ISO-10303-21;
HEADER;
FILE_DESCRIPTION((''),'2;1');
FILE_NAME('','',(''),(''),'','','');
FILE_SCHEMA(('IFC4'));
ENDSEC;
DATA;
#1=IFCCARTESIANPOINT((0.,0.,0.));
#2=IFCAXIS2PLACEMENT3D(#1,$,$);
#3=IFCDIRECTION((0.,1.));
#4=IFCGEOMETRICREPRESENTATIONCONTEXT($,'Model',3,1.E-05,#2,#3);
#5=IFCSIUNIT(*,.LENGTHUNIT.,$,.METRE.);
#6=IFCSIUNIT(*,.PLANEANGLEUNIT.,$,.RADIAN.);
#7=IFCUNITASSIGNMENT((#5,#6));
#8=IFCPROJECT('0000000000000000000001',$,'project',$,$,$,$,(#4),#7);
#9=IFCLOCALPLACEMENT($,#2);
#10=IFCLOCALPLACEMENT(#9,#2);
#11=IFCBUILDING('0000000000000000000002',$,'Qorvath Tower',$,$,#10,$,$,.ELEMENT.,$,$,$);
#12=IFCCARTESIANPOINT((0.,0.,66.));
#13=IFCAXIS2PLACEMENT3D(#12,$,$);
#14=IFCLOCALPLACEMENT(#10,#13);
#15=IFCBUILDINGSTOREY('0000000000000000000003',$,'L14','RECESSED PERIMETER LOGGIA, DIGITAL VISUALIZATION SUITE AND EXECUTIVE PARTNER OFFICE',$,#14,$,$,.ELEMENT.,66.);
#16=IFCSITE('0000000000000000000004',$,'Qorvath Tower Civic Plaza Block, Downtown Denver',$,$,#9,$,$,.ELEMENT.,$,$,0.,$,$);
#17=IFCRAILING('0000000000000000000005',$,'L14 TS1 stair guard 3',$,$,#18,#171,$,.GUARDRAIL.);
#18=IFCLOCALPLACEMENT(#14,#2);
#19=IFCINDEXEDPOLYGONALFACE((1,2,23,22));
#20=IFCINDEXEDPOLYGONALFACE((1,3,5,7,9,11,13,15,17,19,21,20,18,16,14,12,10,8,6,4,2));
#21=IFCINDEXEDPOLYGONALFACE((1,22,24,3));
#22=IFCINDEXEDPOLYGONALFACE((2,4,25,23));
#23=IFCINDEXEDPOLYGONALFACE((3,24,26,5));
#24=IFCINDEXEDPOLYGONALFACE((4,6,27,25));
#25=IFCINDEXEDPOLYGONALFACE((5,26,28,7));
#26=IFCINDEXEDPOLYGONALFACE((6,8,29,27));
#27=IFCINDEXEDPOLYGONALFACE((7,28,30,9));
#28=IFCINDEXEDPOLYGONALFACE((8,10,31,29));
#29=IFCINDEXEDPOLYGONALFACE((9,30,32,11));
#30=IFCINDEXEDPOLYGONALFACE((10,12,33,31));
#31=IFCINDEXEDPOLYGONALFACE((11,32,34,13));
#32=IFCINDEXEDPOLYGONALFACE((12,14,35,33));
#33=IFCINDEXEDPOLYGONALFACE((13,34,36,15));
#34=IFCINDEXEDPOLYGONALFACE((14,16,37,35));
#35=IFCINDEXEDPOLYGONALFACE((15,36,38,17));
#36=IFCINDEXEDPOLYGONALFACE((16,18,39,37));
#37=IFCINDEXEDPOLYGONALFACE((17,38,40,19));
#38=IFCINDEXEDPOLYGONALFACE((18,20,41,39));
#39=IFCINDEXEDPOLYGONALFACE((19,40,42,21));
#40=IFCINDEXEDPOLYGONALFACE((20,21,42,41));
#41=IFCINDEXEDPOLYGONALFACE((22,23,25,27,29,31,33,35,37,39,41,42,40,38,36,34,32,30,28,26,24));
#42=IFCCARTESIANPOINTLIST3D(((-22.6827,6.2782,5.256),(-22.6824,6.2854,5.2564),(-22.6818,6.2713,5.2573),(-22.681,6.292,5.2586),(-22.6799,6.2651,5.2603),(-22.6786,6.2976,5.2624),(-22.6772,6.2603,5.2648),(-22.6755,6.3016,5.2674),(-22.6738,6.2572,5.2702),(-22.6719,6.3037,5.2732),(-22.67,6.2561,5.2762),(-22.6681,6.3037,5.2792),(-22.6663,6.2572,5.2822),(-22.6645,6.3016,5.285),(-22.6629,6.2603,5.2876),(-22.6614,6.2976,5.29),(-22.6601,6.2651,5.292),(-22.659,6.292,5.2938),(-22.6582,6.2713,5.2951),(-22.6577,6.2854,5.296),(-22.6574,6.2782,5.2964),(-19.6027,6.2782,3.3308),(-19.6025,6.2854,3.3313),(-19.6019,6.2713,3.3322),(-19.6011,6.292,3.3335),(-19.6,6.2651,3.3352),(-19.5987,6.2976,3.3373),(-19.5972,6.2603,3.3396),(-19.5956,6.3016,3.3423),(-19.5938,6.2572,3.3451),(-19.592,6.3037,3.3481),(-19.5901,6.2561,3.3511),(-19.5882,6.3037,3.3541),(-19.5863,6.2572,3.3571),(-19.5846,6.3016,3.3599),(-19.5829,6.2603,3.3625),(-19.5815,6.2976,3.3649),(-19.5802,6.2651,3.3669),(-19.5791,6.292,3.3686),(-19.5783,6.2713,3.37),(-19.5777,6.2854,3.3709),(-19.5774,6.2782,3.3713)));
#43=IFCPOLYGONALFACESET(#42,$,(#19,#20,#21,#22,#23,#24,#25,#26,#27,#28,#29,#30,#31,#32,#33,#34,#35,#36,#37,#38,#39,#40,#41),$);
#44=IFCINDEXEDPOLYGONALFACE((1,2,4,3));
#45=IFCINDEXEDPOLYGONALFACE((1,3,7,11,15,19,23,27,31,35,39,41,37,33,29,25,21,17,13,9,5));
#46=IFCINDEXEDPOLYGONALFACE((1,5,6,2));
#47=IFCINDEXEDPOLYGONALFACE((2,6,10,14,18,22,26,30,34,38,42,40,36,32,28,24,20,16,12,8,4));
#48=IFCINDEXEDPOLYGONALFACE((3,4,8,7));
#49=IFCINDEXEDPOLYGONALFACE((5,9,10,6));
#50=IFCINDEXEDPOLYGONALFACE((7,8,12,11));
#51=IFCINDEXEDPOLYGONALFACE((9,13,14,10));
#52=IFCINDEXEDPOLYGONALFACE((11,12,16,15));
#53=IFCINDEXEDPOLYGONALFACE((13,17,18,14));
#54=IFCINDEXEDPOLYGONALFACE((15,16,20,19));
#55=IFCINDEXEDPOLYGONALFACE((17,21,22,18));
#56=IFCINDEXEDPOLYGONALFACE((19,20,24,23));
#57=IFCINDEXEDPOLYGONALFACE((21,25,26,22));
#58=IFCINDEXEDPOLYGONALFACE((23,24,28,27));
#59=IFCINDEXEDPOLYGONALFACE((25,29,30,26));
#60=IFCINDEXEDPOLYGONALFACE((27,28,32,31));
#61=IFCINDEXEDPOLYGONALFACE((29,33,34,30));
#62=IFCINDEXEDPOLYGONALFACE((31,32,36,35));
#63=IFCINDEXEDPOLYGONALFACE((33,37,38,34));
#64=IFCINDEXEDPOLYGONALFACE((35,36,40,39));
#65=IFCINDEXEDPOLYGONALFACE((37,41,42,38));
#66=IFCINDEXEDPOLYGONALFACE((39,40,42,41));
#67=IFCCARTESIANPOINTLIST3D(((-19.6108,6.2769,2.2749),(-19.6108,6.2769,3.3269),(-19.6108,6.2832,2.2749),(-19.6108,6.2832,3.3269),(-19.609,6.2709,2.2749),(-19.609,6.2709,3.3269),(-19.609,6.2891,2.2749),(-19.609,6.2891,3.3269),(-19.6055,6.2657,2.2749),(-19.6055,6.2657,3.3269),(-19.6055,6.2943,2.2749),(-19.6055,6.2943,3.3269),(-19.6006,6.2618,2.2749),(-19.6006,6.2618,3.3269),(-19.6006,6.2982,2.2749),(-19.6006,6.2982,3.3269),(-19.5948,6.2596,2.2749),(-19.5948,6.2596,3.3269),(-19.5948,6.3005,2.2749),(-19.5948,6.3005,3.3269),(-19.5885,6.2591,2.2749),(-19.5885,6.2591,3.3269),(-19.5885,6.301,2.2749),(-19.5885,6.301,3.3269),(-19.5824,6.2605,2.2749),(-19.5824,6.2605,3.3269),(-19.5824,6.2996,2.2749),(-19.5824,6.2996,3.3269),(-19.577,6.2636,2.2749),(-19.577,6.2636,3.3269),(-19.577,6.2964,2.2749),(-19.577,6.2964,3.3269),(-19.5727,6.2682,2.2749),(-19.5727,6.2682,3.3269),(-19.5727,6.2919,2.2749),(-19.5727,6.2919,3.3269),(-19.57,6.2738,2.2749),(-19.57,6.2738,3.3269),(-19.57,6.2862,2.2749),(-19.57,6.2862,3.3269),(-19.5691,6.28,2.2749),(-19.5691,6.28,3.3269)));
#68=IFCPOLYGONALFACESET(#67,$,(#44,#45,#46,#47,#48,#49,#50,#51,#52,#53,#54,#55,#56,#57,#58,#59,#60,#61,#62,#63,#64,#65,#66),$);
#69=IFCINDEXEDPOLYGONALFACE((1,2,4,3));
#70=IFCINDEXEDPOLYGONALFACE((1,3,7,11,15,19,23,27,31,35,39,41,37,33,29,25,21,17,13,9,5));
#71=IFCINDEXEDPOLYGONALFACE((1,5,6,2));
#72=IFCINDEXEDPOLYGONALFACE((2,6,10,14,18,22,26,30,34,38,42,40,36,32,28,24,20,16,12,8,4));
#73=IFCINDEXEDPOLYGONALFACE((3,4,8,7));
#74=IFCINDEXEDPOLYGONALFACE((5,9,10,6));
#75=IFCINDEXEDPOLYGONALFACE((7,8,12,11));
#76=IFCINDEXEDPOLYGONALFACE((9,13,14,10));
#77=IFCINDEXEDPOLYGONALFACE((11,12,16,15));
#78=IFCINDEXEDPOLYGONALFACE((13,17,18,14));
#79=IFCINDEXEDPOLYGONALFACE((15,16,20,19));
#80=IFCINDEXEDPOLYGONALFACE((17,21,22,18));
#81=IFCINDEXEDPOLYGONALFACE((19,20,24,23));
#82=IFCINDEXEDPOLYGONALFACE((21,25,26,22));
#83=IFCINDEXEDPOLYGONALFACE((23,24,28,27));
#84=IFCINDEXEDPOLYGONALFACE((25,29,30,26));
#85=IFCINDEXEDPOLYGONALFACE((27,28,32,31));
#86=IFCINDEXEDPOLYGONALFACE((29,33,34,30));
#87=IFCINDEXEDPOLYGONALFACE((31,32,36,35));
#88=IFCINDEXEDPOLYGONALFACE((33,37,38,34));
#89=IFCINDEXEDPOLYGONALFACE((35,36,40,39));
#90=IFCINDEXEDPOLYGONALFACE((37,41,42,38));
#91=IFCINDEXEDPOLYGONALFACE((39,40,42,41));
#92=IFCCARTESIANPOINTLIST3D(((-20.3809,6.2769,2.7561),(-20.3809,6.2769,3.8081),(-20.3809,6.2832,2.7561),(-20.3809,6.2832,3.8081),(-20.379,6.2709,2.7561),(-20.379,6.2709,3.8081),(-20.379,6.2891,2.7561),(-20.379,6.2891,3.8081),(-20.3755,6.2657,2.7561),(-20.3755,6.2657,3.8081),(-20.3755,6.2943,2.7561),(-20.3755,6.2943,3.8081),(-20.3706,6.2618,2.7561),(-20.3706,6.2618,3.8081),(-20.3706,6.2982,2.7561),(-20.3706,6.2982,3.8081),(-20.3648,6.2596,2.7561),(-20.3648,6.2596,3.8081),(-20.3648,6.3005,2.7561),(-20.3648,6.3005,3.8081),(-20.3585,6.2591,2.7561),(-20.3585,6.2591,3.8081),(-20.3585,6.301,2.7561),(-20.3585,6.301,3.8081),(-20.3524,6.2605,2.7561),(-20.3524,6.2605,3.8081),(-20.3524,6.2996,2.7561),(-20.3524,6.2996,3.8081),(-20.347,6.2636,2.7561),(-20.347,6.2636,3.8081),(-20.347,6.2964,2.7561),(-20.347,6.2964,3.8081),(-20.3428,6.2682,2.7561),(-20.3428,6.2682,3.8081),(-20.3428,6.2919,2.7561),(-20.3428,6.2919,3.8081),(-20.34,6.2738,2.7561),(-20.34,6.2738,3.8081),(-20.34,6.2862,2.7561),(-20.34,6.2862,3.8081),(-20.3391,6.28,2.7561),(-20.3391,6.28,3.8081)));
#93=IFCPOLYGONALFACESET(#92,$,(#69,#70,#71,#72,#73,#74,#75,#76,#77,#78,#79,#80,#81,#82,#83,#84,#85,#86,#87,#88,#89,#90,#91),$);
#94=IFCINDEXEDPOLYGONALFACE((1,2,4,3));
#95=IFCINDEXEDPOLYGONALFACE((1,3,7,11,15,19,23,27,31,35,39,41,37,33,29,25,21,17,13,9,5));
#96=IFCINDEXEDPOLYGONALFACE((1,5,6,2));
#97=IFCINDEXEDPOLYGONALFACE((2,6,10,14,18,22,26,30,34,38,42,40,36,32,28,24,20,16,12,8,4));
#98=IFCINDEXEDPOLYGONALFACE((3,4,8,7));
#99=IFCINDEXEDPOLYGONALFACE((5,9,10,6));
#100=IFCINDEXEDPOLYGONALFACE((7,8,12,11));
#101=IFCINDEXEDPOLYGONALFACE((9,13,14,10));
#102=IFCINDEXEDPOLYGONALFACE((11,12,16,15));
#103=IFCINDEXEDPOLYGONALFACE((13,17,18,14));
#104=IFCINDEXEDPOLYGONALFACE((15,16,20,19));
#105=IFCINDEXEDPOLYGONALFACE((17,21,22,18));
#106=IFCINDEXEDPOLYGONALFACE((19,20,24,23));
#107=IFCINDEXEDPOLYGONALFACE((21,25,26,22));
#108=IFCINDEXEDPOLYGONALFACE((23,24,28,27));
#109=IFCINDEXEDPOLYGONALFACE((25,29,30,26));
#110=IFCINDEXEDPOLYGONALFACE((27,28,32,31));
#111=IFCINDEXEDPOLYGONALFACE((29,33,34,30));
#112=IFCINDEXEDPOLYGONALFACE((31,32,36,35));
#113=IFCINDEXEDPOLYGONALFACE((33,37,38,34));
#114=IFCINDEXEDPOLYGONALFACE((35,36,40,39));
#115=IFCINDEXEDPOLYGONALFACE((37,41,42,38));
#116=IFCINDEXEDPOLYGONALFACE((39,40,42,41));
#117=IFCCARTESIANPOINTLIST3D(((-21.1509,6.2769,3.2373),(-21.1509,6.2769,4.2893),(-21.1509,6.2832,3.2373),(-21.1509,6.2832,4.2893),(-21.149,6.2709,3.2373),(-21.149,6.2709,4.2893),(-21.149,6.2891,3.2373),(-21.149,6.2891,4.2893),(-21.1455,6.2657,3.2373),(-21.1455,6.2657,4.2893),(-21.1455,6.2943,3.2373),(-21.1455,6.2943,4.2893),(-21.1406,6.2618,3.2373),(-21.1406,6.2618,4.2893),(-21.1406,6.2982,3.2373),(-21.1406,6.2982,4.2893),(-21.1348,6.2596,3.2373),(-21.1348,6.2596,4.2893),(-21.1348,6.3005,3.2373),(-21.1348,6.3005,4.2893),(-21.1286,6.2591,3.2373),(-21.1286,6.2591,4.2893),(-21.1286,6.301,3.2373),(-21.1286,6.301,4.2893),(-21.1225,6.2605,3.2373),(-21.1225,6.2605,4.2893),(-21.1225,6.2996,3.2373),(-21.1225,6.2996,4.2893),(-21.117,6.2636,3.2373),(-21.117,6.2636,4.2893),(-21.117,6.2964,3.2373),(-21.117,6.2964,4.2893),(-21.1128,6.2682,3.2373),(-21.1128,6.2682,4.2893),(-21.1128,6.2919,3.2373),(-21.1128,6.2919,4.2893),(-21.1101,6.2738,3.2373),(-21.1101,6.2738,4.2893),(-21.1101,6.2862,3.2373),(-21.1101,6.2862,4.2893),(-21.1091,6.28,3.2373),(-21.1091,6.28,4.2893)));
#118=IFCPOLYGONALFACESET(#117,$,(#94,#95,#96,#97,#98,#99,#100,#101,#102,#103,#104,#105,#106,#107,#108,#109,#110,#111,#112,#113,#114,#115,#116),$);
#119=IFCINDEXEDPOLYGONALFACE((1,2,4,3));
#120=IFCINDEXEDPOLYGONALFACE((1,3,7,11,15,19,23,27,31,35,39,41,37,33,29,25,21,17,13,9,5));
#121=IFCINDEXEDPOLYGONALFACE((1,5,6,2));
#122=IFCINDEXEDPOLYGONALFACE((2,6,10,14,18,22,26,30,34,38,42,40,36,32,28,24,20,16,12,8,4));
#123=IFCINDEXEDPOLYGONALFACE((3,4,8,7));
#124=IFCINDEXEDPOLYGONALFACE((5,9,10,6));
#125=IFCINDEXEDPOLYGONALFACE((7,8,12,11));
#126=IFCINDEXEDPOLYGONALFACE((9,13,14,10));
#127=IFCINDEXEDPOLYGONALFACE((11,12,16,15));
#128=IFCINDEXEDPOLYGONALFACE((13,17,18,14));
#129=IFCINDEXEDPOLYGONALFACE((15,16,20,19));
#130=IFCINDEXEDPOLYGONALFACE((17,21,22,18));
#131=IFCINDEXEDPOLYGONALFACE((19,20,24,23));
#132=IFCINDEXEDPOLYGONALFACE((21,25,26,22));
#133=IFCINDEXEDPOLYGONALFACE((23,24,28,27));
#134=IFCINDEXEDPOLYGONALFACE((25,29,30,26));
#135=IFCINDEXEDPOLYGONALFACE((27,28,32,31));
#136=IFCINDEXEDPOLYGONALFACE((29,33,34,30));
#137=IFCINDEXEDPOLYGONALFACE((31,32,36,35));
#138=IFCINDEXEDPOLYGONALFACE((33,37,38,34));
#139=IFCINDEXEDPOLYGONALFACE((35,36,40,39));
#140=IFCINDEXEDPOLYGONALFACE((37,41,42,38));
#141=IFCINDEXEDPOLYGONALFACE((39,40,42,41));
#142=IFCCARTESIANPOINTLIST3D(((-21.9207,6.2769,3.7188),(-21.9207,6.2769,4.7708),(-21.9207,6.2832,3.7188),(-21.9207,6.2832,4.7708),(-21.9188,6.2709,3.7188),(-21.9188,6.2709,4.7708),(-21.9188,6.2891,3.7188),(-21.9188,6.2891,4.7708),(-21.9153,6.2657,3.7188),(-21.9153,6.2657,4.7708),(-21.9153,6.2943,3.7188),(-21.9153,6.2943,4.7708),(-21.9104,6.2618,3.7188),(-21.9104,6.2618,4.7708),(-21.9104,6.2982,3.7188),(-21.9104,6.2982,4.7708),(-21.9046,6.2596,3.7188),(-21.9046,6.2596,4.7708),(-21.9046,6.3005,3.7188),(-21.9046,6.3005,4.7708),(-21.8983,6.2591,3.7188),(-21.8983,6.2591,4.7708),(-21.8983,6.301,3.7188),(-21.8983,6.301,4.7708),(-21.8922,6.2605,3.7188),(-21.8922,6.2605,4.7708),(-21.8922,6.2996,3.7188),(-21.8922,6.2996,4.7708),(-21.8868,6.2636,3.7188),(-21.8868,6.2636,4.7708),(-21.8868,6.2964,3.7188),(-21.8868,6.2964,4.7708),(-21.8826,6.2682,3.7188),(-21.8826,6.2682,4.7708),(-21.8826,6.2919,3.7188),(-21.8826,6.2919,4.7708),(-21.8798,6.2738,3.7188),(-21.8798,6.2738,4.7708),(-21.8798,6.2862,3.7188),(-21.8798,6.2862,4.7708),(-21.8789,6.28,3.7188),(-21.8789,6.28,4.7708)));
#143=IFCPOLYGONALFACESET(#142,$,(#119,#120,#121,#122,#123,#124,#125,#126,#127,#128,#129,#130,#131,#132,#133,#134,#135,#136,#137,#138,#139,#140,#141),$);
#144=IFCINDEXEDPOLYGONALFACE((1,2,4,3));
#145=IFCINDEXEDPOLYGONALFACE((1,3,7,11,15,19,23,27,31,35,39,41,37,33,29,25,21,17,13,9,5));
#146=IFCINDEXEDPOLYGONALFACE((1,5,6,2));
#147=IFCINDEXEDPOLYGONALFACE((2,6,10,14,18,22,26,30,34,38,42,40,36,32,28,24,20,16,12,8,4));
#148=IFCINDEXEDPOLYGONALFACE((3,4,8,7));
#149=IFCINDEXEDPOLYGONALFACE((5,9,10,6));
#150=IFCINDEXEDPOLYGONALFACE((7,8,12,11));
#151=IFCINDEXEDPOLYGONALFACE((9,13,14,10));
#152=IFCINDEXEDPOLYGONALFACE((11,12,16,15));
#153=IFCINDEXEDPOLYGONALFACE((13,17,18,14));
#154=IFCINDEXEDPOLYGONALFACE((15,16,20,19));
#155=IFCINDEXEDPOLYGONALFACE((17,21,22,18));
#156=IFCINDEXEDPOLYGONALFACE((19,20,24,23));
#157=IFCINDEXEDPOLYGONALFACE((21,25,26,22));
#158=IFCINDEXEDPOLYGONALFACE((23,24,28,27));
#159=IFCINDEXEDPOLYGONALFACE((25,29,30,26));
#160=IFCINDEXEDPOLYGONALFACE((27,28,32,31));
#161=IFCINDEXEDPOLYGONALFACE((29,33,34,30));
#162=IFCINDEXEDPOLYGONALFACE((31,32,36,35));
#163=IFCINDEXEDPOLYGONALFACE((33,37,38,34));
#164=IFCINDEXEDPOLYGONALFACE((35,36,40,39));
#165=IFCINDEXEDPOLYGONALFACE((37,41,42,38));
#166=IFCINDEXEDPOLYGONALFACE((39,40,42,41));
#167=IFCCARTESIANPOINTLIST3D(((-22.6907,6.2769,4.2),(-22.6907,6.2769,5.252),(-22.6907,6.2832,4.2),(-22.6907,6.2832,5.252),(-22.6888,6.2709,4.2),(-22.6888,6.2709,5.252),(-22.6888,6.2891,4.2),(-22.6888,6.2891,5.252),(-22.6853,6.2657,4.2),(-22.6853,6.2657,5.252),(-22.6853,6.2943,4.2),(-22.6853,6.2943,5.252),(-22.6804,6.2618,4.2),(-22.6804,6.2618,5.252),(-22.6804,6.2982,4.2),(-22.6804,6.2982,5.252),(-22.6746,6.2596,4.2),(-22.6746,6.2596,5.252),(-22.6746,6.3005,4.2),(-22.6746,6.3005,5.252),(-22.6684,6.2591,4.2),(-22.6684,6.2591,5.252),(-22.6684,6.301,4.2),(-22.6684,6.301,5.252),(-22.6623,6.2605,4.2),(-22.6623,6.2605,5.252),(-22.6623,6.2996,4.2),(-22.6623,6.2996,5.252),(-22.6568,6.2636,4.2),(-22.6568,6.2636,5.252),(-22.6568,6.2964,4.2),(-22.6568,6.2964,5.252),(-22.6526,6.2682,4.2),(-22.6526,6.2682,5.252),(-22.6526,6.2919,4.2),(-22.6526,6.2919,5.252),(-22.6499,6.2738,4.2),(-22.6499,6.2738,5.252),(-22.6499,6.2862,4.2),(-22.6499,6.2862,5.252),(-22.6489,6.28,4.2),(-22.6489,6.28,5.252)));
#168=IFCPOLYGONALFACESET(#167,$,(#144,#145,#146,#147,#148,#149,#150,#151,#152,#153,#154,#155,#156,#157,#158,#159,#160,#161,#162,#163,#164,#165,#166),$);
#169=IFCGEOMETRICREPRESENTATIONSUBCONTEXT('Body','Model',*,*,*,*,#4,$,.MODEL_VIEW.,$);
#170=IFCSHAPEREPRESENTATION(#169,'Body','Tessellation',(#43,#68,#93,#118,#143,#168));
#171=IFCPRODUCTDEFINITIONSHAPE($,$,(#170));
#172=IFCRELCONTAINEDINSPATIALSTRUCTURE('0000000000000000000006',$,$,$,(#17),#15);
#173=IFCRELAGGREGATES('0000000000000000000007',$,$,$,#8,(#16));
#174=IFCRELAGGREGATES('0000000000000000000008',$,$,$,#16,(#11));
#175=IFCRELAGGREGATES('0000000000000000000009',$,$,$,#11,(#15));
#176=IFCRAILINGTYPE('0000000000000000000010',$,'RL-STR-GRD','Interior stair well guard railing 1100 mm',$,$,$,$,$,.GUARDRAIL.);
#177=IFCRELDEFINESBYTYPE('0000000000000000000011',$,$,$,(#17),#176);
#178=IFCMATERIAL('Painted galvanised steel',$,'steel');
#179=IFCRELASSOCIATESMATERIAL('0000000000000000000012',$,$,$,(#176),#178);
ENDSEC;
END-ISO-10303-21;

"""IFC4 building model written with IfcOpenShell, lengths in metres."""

from ifc_helpers import new_model, si_unit, direction, frame, origin, origin_2d, place, context, subcontext, project, spatial, circle, extrude, material, type_object, element, save


model = new_model("IFC4")

# Units and contexts
model_context = context("Model", 3, precision=1e-05, world=origin(), true_north=direction((0.0, 1.0)))
body_context = subcontext(model_context, "Body", "Model", "MODEL_VIEW")
ifc_project = project(units=[si_unit("LENGTHUNIT", "METRE"), si_unit("PLANEANGLEUNIT", "RADIAN")], contexts=[model_context])

# Site, building, storey
site_placement = place(None, origin())
site = spatial("IfcSite", under=ifc_project, at=site_placement, Name="Qorvath Tower Civic Plaza Block, Downtown Denver", CompositionType="ELEMENT", RefElevation=0.0)
building_placement = place(site_placement, origin())
building = spatial("IfcBuilding", under=site, at=building_placement, Name="Qorvath Tower", CompositionType="ELEMENT")
storey_placement = place(building_placement, frame((0.0, 0.0, 66.0)))
storey = spatial("IfcBuildingStorey", under=building, at=storey_placement, Name="L14", Description="RECESSED PERIMETER LOGGIA, DIGITAL VISUALIZATION SUITE AND EXECUTIVE PARTNER OFFICE", CompositionType="ELEMENT", Elevation=66.0)

# Railing
ifc_material_1 = material(Name="Painted galvanised steel", Category="steel")
railing_type_1 = type_object("IfcRailingType", Name="RL-STR-GRD", Description="Interior stair well guard railing 1100 mm", PredefinedType="GUARDRAIL", material=ifc_material_1)
railing_1_placement = place(storey_placement, frame((-19.5901, 6.28, 2.2749)))
element("IfcRailing", 1, at=railing_1_placement, inside=storey, type_object=railing_type_1, Name="L14 TS1 stair guard 3", PredefinedType="GUARDRAIL", context=body_context, shape_type="SweptSolid", body=[
    extrude(circle(Radius=0.0239, at=origin_2d()), frame((0.0, 0.0, 1.0762), z_axis=(-0.847979, 0.0, 0.530029), x_axis=(0.0, -1.0, 0.0)), (0.0, 0.0, 1.0), 3.6321),
    extrude(circle(Radius=0.021, at=origin_2d()), origin(), (0.0, 0.0, 1.0), 1.052),
    extrude(circle(Radius=0.021, at=origin_2d()), frame((-0.77, 0.0, 0.4812)), (0.0, 0.0, 1.0), 1.052),
    extrude(circle(Radius=0.021, at=origin_2d()), frame((-1.54, 0.0, 0.9624)), (0.0, 0.0, 1.0), 1.052),
    extrude(circle(Radius=0.021, at=origin_2d()), frame((-2.3098, 0.0, 1.4438)), (0.0, 0.0, 1.0), 1.052),
    extrude(circle(Radius=0.021, at=origin_2d()), frame((-3.0798, 0.0, 1.925)), (0.0, 0.0, 1.0), 1.052),
])

save(model, "model.ifc")
